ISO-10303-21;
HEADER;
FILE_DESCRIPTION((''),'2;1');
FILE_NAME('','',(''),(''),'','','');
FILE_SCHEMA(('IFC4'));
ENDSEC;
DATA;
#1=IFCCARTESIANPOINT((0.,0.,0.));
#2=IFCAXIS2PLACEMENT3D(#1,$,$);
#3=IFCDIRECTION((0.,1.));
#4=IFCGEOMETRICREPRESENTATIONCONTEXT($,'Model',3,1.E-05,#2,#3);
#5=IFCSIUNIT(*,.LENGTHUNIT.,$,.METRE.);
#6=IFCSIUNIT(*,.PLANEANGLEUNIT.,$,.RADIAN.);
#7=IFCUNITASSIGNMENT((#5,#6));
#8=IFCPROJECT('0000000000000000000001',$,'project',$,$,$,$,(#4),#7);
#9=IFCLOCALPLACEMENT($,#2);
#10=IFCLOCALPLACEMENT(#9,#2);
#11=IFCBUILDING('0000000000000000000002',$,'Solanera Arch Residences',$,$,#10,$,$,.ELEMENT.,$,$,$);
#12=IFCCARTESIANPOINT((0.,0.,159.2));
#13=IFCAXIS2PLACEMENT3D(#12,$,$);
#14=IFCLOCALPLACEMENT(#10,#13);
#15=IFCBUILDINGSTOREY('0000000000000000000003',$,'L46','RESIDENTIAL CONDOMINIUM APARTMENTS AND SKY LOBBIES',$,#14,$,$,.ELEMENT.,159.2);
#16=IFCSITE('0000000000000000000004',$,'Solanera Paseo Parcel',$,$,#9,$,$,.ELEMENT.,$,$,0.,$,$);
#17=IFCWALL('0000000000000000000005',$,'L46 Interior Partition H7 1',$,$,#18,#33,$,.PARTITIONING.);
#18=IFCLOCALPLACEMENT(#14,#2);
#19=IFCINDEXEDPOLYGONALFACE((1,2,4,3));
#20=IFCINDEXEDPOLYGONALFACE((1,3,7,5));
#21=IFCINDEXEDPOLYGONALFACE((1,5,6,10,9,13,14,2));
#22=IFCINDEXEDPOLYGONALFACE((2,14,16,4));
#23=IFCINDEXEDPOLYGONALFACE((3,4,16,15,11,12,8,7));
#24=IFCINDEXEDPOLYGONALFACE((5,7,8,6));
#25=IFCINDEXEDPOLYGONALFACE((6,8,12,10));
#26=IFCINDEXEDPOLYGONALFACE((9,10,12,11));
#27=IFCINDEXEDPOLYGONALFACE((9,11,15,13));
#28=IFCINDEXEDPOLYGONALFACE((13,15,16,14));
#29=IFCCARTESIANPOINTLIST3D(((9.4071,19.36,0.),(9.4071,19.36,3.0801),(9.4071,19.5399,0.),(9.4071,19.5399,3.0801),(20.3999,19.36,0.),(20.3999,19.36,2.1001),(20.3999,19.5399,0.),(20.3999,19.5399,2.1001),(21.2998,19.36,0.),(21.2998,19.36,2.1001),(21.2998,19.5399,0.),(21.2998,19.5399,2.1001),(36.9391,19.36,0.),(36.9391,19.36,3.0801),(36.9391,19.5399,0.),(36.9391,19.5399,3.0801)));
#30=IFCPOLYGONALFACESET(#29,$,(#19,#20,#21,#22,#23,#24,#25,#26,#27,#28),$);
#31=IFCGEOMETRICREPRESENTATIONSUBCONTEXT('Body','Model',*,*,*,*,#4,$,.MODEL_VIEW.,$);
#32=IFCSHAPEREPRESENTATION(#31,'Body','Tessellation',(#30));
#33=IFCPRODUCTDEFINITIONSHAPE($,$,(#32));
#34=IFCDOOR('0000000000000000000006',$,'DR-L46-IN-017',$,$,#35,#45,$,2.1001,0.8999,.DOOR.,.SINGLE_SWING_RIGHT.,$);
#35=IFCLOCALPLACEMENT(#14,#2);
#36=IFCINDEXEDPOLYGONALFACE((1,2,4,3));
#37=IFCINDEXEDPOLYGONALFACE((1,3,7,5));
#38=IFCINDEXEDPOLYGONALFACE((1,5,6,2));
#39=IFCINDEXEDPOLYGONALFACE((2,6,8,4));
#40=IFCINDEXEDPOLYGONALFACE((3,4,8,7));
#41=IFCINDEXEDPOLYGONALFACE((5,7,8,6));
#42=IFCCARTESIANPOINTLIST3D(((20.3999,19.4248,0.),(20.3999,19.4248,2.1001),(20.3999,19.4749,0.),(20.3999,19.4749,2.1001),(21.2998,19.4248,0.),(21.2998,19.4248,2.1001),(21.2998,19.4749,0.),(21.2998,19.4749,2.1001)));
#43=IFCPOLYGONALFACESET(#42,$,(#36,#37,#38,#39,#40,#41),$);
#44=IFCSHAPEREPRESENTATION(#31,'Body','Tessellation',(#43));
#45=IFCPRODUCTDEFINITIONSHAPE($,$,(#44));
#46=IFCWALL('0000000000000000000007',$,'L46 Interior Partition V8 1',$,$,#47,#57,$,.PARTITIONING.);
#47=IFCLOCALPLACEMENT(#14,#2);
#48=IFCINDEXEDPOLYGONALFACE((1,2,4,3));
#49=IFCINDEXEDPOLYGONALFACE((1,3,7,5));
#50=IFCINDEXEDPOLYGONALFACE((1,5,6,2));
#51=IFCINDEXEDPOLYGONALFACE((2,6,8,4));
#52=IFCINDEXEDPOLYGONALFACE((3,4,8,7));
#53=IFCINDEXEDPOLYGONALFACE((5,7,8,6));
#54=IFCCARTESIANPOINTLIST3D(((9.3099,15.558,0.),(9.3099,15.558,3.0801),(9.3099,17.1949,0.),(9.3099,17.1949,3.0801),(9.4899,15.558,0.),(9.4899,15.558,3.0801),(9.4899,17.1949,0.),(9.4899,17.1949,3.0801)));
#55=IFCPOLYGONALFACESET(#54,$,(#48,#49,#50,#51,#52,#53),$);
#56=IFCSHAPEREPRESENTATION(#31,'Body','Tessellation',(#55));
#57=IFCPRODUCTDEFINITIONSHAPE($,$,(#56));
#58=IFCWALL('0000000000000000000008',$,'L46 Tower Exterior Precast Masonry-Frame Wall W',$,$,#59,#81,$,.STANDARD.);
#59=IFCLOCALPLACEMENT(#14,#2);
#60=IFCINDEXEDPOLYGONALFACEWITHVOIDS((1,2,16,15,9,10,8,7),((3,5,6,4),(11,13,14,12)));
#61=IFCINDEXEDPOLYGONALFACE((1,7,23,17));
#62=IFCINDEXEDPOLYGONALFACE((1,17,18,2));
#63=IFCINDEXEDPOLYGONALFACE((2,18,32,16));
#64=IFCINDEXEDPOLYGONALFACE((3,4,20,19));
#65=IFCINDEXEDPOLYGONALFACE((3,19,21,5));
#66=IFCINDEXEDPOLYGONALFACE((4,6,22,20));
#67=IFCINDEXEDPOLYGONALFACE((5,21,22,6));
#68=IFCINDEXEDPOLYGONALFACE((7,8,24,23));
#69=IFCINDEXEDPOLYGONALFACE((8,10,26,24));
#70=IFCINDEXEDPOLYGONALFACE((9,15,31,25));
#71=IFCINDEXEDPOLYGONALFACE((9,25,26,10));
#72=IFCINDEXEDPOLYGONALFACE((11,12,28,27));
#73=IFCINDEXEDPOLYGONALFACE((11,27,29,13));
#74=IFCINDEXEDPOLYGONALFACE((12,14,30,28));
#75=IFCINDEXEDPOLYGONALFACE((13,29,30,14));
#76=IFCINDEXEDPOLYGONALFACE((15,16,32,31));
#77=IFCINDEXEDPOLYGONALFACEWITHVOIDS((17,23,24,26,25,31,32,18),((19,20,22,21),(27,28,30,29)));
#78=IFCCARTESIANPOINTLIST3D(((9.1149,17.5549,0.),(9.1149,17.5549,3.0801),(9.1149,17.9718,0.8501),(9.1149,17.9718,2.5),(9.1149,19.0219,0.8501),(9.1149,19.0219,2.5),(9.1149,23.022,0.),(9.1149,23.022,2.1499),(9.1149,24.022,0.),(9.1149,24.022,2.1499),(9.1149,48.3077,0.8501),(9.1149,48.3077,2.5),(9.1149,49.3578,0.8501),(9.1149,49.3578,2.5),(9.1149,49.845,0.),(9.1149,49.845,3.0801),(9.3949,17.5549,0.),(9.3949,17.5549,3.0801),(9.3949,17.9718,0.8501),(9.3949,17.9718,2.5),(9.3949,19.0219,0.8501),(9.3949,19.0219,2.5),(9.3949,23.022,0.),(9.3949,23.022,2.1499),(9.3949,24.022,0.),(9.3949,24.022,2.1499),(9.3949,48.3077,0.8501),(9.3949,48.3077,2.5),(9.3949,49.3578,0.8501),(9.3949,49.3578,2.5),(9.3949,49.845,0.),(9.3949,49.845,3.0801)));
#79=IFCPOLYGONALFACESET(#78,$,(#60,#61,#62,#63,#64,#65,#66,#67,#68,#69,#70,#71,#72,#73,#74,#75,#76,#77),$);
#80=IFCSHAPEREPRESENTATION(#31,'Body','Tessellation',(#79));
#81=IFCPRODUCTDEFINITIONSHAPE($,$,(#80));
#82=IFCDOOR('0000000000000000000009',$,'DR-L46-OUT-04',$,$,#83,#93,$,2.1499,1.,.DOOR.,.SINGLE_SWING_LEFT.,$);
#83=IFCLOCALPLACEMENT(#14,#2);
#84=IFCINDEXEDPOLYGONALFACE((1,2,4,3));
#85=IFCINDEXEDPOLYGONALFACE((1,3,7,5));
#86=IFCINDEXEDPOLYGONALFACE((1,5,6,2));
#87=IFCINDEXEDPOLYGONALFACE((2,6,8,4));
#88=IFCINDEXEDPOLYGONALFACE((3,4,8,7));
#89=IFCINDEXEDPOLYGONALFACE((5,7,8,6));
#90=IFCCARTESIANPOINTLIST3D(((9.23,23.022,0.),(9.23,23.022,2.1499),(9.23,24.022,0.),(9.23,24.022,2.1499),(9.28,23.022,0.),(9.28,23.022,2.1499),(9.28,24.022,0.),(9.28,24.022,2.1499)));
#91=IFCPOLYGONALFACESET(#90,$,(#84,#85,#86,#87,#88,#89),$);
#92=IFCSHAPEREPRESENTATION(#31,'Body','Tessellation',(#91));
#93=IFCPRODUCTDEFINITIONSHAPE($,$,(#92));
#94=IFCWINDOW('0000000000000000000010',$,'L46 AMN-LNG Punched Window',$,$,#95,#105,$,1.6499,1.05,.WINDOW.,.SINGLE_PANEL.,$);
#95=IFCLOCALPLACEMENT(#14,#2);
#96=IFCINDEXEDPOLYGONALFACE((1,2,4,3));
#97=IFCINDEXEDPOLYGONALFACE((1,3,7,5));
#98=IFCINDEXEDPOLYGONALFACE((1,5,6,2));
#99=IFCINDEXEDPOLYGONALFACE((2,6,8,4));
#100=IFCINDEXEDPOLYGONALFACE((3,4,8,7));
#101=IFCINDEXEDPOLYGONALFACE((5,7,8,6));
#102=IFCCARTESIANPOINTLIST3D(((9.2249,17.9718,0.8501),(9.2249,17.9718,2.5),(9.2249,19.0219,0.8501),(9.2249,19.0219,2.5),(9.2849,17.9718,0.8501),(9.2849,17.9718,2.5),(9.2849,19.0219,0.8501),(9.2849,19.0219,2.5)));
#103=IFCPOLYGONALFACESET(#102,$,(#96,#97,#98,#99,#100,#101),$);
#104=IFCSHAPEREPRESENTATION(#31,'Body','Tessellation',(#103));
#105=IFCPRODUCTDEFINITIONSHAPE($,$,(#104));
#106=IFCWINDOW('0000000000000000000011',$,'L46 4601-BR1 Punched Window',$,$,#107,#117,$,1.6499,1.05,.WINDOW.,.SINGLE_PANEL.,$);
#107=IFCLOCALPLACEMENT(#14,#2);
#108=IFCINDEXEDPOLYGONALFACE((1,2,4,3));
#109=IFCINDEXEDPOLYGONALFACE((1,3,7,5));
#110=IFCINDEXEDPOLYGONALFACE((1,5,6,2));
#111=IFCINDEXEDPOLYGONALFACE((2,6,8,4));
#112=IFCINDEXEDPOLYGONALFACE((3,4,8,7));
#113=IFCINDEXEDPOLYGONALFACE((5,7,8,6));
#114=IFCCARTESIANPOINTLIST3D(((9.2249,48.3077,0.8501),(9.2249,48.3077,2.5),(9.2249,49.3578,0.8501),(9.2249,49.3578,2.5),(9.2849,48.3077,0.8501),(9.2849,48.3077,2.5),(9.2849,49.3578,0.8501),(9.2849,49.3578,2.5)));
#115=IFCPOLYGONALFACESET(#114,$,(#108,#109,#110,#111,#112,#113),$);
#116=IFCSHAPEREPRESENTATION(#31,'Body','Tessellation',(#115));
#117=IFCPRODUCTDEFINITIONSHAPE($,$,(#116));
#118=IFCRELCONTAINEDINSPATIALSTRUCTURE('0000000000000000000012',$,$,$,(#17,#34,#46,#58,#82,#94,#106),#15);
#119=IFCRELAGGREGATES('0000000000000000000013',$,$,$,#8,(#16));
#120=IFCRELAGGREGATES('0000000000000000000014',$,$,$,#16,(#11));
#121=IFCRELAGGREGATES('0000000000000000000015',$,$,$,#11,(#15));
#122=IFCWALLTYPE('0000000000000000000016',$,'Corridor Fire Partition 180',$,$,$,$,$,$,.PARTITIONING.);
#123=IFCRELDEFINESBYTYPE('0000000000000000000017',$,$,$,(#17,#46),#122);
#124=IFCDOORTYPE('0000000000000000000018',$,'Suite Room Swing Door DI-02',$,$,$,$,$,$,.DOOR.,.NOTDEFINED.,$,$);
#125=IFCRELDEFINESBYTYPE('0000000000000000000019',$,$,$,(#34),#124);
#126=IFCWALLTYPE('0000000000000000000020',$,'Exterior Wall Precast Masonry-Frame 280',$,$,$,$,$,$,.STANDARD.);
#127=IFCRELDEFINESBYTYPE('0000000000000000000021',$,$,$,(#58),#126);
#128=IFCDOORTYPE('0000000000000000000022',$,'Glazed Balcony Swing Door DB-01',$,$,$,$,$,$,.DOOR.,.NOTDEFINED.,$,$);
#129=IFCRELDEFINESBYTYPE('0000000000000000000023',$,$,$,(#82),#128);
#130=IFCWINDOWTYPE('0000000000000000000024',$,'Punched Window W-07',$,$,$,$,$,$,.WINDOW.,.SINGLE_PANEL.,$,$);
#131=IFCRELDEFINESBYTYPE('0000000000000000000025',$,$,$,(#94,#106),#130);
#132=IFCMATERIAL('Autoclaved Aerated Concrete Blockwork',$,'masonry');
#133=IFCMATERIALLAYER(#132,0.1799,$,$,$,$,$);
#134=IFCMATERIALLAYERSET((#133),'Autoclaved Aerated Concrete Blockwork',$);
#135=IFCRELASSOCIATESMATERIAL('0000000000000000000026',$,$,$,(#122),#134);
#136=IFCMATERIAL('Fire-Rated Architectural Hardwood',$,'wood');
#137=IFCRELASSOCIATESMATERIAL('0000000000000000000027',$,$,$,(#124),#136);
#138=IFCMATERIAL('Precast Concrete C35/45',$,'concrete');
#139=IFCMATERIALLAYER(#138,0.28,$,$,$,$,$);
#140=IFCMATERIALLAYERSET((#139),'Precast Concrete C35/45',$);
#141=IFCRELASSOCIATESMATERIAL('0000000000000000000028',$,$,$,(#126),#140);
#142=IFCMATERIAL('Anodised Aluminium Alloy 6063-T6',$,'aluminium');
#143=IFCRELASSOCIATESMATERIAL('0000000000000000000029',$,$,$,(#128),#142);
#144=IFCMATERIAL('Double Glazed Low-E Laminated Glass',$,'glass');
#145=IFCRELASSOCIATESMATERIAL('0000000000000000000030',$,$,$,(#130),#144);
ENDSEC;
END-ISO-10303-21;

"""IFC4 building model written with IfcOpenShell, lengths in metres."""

from ifc_helpers import new_model, si_unit, direction, frame, frame_2d, origin, place, context, subcontext, project, spatial, rectangle, extrude, material, layer, layer_set, type_object, element, fill, save


model = new_model("IFC4")

# Units and contexts
model_context = context("Model", 3, precision=1e-05, world=origin(), true_north=direction((0.0, 1.0)))
body_context = subcontext(model_context, "Body", "Model", "MODEL_VIEW")
ifc_project = project(units=[si_unit("LENGTHUNIT", "METRE"), si_unit("PLANEANGLEUNIT", "RADIAN")], contexts=[model_context])

# Site, building, storey
site_placement = place(None, origin())
site = spatial("IfcSite", under=ifc_project, at=site_placement, Name="Solanera Paseo Parcel", CompositionType="ELEMENT", RefElevation=0.0)
building_placement = place(site_placement, origin())
building = spatial("IfcBuilding", under=site, at=building_placement, Name="Solanera Arch Residences", CompositionType="ELEMENT")
storey_placement = place(building_placement, frame((0.0, 0.0, 159.2)))
storey = spatial("IfcBuildingStorey", under=building, at=storey_placement, Name="L46", Description="RESIDENTIAL CONDOMINIUM APARTMENTS AND SKY LOBBIES", CompositionType="ELEMENT", Elevation=159.2)

# Wall, opening, door
ifc_material_1 = material(Name="Autoclaved Aerated Concrete Blockwork", Category="masonry")
ifc_layer_1 = layer(ifc_material_1, 0.1799)
ifc_layer_set_1 = layer_set([ifc_layer_1], Name="Autoclaved Aerated Concrete Blockwork")
wall_type_1 = type_object("IfcWallType", Name="Corridor Fire Partition 180", PredefinedType="PARTITIONING", material=ifc_layer_set_1)
wall_1_placement = place(storey_placement, frame((9.407, 19.45, 0.0), z_axis=(0.0, 0.0, 1.0), x_axis=(1.0, 0.0, 0.0)))
wall_1 = element("IfcWall", 1, at=wall_1_placement, inside=storey, type_object=wall_type_1, Name="L46 Interior Partition H7 1", PredefinedType="PARTITIONING", context=body_context, shape_type="SweptSolid", body=[
    extrude(rectangle(XDim=27.532, YDim=0.1799, at=frame_2d((13.7661, 0.0))), origin(), (0.0, 0.0, 1.0), 3.0801),
])
opening_1_placement = place(wall_1_placement, frame((10.9929, 0.0, 0.0)))
opening_1 = element("IfcOpeningElement", 2, at=opening_1_placement, cuts=wall_1, PredefinedType="OPENING", context=body_context, shape_type="SweptSolid", body=[
    extrude(rectangle(XDim=0.8999, YDim=2.1001, at=frame_2d((0.45, 1.05))), frame((0.0, 0.1001, 0.0), z_axis=(0.0, -1.0, 0.0), x_axis=(1.0, 0.0, 0.0)), (0.0, 0.0, 1.0), 0.1999),
])
ifc_material_2 = material(Name="Fire-Rated Architectural Hardwood", Category="wood")
door_type_1 = type_object("IfcDoorType", Name="Suite Room Swing Door DI-02", OperationType="NOTDEFINED", PredefinedType="DOOR", material=ifc_material_2)
door_1_placement = place(opening_1_placement, origin())
door_1 = element("IfcDoor", 3, at=door_1_placement, inside=storey, type_object=door_type_1, Name="DR-L46-IN-017", OperationType="SINGLE_SWING_RIGHT", OverallHeight=2.1001, OverallWidth=0.8999, PredefinedType="DOOR", context=body_context, shape_type="SweptSolid", body=[
    extrude(rectangle(XDim=0.8999, YDim=2.1001, at=frame_2d((0.45, 1.05))), frame((0.0, 0.0249, 0.0), z_axis=(0.0, -1.0, 0.0), x_axis=(1.0, 0.0, 0.0)), (0.0, 0.0, 1.0), 0.05),
])
fill(opening_1, door_1)

# Wall
wall_2_placement = place(storey_placement, frame((9.3999, 15.5581, 0.0), z_axis=(0.0, 0.0, 1.0), x_axis=(0.0, 1.0, 0.0)))
element("IfcWall", 4, at=wall_2_placement, inside=storey, type_object=wall_type_1, Name="L46 Interior Partition V8 1", PredefinedType="PARTITIONING", context=body_context, shape_type="SweptSolid", body=[
    extrude(rectangle(XDim=1.637, YDim=0.1799, at=frame_2d((0.8184, 0.0))), origin(), (0.0, 0.0, 1.0), 3.0801),
])

# Wall, openings, door, windows
ifc_material_3 = material(Name="Precast Concrete C35/45", Category="concrete")
ifc_layer_2 = layer(ifc_material_3, 0.28)
ifc_layer_set_2 = layer_set([ifc_layer_2], Name="Precast Concrete C35/45")
wall_type_2 = type_object("IfcWallType", Name="Exterior Wall Precast Masonry-Frame 280", PredefinedType="STANDARD", material=ifc_layer_set_2)
wall_3_placement = place(storey_placement, frame((9.2549, 17.5549, 0.0), z_axis=(0.0, 0.0, 1.0), x_axis=(0.0, 1.0, 0.0)))
wall_3 = element("IfcWall", 5, at=wall_3_placement, inside=storey, type_object=wall_type_2, Name="L46 Tower Exterior Precast Masonry-Frame Wall W", PredefinedType="STANDARD", context=body_context, shape_type="SweptSolid", body=[
    extrude(rectangle(XDim=32.29, YDim=0.28, at=frame_2d((16.145, 0.0))), origin(), (0.0, 0.0, 1.0), 3.0801),
])
opening_2_placement = place(wall_3_placement, frame((5.467, 0.0, 0.0)))
opening_2 = element("IfcOpeningElement", 6, at=opening_2_placement, cuts=wall_3, PredefinedType="OPENING", context=body_context, shape_type="SweptSolid", body=[
    extrude(rectangle(XDim=1.0, YDim=2.1499, at=frame_2d((0.5, 1.075))), frame((0.0, 0.1499, 0.0), z_axis=(0.0, -1.0, 0.0), x_axis=(1.0, 0.0, 0.0)), (0.0, 0.0, 1.0), 0.3),
])
opening_3_placement = place(wall_3_placement, frame((0.417, 0.0, 0.8501)))
opening_3 = element("IfcOpeningElement", 7, at=opening_3_placement, cuts=wall_3, PredefinedType="OPENING", context=body_context, shape_type="SweptSolid", body=[
    extrude(rectangle(XDim=1.05, YDim=1.6499, at=frame_2d((0.5249, 0.825))), frame((0.0, 0.1499, 0.0), z_axis=(0.0, -1.0, 0.0), x_axis=(1.0, 0.0, 0.0)), (0.0, 0.0, 1.0), 0.3),
])
opening_4_placement = place(wall_3_placement, frame((30.7529, 0.0, 0.8501)))
opening_4 = element("IfcOpeningElement", 8, at=opening_4_placement, cuts=wall_3, PredefinedType="OPENING", context=body_context, shape_type="SweptSolid", body=[
    extrude(rectangle(XDim=1.05, YDim=1.6499, at=frame_2d((0.5249, 0.825))), frame((0.0, 0.1499, 0.0), z_axis=(0.0, -1.0, 0.0), x_axis=(1.0, 0.0, 0.0)), (0.0, 0.0, 1.0), 0.3),
])
ifc_material_4 = material(Name="Anodised Aluminium Alloy 6063-T6", Category="aluminium")
door_type_2 = type_object("IfcDoorType", Name="Glazed Balcony Swing Door DB-01", OperationType="NOTDEFINED", PredefinedType="DOOR", material=ifc_material_4)
door_2_placement = place(opening_2_placement, origin())
door_2 = element("IfcDoor", 9, at=door_2_placement, inside=storey, type_object=door_type_2, Name="DR-L46-OUT-04", OperationType="SINGLE_SWING_LEFT", OverallHeight=2.1499, OverallWidth=1.0, PredefinedType="DOOR", context=body_context, shape_type="SweptSolid", body=[
    extrude(rectangle(XDim=1.0, YDim=2.1499, at=frame_2d((0.5, 1.075))), frame((0.0, 0.0249, 0.0), z_axis=(0.0, -1.0, 0.0), x_axis=(1.0, 0.0, 0.0)), (0.0, 0.0, 1.0), 0.05),
])
fill(opening_2, door_2)
ifc_material_5 = material(Name="Double Glazed Low-E Laminated Glass", Category="glass")
window_type = type_object("IfcWindowType", Name="Punched Window W-07", PartitioningType="SINGLE_PANEL", PredefinedType="WINDOW", material=ifc_material_5)
window_1_placement = place(opening_3_placement, origin())
window_1 = element("IfcWindow", 10, at=window_1_placement, inside=storey, type_object=window_type, Name="L46 AMN-LNG Punched Window", OverallHeight=1.6499, OverallWidth=1.05, PartitioningType="SINGLE_PANEL", PredefinedType="WINDOW", context=body_context, shape_type="SweptSolid", body=[
    extrude(rectangle(XDim=1.05, YDim=1.6499, at=frame_2d((0.5249, 0.825))), frame((0.0, 0.03, 0.0), z_axis=(0.0, -1.0, 0.0), x_axis=(1.0, 0.0, 0.0)), (0.0, 0.0, 1.0), 0.0601),
])
fill(opening_3, window_1)
window_2_placement = place(opening_4_placement, origin())
window_2 = element("IfcWindow", 11, at=window_2_placement, inside=storey, type_object=window_type, Name="L46 4601-BR1 Punched Window", OverallHeight=1.6499, OverallWidth=1.05, PartitioningType="SINGLE_PANEL", PredefinedType="WINDOW", context=body_context, shape_type="SweptSolid", body=[
    extrude(rectangle(XDim=1.05, YDim=1.6499, at=frame_2d((0.5249, 0.825))), frame((0.0, 0.03, 0.0), z_axis=(0.0, -1.0, 0.0), x_axis=(1.0, 0.0, 0.0)), (0.0, 0.0, 1.0), 0.0601),
])
fill(opening_4, window_2)

save(model, "model.ifc")
